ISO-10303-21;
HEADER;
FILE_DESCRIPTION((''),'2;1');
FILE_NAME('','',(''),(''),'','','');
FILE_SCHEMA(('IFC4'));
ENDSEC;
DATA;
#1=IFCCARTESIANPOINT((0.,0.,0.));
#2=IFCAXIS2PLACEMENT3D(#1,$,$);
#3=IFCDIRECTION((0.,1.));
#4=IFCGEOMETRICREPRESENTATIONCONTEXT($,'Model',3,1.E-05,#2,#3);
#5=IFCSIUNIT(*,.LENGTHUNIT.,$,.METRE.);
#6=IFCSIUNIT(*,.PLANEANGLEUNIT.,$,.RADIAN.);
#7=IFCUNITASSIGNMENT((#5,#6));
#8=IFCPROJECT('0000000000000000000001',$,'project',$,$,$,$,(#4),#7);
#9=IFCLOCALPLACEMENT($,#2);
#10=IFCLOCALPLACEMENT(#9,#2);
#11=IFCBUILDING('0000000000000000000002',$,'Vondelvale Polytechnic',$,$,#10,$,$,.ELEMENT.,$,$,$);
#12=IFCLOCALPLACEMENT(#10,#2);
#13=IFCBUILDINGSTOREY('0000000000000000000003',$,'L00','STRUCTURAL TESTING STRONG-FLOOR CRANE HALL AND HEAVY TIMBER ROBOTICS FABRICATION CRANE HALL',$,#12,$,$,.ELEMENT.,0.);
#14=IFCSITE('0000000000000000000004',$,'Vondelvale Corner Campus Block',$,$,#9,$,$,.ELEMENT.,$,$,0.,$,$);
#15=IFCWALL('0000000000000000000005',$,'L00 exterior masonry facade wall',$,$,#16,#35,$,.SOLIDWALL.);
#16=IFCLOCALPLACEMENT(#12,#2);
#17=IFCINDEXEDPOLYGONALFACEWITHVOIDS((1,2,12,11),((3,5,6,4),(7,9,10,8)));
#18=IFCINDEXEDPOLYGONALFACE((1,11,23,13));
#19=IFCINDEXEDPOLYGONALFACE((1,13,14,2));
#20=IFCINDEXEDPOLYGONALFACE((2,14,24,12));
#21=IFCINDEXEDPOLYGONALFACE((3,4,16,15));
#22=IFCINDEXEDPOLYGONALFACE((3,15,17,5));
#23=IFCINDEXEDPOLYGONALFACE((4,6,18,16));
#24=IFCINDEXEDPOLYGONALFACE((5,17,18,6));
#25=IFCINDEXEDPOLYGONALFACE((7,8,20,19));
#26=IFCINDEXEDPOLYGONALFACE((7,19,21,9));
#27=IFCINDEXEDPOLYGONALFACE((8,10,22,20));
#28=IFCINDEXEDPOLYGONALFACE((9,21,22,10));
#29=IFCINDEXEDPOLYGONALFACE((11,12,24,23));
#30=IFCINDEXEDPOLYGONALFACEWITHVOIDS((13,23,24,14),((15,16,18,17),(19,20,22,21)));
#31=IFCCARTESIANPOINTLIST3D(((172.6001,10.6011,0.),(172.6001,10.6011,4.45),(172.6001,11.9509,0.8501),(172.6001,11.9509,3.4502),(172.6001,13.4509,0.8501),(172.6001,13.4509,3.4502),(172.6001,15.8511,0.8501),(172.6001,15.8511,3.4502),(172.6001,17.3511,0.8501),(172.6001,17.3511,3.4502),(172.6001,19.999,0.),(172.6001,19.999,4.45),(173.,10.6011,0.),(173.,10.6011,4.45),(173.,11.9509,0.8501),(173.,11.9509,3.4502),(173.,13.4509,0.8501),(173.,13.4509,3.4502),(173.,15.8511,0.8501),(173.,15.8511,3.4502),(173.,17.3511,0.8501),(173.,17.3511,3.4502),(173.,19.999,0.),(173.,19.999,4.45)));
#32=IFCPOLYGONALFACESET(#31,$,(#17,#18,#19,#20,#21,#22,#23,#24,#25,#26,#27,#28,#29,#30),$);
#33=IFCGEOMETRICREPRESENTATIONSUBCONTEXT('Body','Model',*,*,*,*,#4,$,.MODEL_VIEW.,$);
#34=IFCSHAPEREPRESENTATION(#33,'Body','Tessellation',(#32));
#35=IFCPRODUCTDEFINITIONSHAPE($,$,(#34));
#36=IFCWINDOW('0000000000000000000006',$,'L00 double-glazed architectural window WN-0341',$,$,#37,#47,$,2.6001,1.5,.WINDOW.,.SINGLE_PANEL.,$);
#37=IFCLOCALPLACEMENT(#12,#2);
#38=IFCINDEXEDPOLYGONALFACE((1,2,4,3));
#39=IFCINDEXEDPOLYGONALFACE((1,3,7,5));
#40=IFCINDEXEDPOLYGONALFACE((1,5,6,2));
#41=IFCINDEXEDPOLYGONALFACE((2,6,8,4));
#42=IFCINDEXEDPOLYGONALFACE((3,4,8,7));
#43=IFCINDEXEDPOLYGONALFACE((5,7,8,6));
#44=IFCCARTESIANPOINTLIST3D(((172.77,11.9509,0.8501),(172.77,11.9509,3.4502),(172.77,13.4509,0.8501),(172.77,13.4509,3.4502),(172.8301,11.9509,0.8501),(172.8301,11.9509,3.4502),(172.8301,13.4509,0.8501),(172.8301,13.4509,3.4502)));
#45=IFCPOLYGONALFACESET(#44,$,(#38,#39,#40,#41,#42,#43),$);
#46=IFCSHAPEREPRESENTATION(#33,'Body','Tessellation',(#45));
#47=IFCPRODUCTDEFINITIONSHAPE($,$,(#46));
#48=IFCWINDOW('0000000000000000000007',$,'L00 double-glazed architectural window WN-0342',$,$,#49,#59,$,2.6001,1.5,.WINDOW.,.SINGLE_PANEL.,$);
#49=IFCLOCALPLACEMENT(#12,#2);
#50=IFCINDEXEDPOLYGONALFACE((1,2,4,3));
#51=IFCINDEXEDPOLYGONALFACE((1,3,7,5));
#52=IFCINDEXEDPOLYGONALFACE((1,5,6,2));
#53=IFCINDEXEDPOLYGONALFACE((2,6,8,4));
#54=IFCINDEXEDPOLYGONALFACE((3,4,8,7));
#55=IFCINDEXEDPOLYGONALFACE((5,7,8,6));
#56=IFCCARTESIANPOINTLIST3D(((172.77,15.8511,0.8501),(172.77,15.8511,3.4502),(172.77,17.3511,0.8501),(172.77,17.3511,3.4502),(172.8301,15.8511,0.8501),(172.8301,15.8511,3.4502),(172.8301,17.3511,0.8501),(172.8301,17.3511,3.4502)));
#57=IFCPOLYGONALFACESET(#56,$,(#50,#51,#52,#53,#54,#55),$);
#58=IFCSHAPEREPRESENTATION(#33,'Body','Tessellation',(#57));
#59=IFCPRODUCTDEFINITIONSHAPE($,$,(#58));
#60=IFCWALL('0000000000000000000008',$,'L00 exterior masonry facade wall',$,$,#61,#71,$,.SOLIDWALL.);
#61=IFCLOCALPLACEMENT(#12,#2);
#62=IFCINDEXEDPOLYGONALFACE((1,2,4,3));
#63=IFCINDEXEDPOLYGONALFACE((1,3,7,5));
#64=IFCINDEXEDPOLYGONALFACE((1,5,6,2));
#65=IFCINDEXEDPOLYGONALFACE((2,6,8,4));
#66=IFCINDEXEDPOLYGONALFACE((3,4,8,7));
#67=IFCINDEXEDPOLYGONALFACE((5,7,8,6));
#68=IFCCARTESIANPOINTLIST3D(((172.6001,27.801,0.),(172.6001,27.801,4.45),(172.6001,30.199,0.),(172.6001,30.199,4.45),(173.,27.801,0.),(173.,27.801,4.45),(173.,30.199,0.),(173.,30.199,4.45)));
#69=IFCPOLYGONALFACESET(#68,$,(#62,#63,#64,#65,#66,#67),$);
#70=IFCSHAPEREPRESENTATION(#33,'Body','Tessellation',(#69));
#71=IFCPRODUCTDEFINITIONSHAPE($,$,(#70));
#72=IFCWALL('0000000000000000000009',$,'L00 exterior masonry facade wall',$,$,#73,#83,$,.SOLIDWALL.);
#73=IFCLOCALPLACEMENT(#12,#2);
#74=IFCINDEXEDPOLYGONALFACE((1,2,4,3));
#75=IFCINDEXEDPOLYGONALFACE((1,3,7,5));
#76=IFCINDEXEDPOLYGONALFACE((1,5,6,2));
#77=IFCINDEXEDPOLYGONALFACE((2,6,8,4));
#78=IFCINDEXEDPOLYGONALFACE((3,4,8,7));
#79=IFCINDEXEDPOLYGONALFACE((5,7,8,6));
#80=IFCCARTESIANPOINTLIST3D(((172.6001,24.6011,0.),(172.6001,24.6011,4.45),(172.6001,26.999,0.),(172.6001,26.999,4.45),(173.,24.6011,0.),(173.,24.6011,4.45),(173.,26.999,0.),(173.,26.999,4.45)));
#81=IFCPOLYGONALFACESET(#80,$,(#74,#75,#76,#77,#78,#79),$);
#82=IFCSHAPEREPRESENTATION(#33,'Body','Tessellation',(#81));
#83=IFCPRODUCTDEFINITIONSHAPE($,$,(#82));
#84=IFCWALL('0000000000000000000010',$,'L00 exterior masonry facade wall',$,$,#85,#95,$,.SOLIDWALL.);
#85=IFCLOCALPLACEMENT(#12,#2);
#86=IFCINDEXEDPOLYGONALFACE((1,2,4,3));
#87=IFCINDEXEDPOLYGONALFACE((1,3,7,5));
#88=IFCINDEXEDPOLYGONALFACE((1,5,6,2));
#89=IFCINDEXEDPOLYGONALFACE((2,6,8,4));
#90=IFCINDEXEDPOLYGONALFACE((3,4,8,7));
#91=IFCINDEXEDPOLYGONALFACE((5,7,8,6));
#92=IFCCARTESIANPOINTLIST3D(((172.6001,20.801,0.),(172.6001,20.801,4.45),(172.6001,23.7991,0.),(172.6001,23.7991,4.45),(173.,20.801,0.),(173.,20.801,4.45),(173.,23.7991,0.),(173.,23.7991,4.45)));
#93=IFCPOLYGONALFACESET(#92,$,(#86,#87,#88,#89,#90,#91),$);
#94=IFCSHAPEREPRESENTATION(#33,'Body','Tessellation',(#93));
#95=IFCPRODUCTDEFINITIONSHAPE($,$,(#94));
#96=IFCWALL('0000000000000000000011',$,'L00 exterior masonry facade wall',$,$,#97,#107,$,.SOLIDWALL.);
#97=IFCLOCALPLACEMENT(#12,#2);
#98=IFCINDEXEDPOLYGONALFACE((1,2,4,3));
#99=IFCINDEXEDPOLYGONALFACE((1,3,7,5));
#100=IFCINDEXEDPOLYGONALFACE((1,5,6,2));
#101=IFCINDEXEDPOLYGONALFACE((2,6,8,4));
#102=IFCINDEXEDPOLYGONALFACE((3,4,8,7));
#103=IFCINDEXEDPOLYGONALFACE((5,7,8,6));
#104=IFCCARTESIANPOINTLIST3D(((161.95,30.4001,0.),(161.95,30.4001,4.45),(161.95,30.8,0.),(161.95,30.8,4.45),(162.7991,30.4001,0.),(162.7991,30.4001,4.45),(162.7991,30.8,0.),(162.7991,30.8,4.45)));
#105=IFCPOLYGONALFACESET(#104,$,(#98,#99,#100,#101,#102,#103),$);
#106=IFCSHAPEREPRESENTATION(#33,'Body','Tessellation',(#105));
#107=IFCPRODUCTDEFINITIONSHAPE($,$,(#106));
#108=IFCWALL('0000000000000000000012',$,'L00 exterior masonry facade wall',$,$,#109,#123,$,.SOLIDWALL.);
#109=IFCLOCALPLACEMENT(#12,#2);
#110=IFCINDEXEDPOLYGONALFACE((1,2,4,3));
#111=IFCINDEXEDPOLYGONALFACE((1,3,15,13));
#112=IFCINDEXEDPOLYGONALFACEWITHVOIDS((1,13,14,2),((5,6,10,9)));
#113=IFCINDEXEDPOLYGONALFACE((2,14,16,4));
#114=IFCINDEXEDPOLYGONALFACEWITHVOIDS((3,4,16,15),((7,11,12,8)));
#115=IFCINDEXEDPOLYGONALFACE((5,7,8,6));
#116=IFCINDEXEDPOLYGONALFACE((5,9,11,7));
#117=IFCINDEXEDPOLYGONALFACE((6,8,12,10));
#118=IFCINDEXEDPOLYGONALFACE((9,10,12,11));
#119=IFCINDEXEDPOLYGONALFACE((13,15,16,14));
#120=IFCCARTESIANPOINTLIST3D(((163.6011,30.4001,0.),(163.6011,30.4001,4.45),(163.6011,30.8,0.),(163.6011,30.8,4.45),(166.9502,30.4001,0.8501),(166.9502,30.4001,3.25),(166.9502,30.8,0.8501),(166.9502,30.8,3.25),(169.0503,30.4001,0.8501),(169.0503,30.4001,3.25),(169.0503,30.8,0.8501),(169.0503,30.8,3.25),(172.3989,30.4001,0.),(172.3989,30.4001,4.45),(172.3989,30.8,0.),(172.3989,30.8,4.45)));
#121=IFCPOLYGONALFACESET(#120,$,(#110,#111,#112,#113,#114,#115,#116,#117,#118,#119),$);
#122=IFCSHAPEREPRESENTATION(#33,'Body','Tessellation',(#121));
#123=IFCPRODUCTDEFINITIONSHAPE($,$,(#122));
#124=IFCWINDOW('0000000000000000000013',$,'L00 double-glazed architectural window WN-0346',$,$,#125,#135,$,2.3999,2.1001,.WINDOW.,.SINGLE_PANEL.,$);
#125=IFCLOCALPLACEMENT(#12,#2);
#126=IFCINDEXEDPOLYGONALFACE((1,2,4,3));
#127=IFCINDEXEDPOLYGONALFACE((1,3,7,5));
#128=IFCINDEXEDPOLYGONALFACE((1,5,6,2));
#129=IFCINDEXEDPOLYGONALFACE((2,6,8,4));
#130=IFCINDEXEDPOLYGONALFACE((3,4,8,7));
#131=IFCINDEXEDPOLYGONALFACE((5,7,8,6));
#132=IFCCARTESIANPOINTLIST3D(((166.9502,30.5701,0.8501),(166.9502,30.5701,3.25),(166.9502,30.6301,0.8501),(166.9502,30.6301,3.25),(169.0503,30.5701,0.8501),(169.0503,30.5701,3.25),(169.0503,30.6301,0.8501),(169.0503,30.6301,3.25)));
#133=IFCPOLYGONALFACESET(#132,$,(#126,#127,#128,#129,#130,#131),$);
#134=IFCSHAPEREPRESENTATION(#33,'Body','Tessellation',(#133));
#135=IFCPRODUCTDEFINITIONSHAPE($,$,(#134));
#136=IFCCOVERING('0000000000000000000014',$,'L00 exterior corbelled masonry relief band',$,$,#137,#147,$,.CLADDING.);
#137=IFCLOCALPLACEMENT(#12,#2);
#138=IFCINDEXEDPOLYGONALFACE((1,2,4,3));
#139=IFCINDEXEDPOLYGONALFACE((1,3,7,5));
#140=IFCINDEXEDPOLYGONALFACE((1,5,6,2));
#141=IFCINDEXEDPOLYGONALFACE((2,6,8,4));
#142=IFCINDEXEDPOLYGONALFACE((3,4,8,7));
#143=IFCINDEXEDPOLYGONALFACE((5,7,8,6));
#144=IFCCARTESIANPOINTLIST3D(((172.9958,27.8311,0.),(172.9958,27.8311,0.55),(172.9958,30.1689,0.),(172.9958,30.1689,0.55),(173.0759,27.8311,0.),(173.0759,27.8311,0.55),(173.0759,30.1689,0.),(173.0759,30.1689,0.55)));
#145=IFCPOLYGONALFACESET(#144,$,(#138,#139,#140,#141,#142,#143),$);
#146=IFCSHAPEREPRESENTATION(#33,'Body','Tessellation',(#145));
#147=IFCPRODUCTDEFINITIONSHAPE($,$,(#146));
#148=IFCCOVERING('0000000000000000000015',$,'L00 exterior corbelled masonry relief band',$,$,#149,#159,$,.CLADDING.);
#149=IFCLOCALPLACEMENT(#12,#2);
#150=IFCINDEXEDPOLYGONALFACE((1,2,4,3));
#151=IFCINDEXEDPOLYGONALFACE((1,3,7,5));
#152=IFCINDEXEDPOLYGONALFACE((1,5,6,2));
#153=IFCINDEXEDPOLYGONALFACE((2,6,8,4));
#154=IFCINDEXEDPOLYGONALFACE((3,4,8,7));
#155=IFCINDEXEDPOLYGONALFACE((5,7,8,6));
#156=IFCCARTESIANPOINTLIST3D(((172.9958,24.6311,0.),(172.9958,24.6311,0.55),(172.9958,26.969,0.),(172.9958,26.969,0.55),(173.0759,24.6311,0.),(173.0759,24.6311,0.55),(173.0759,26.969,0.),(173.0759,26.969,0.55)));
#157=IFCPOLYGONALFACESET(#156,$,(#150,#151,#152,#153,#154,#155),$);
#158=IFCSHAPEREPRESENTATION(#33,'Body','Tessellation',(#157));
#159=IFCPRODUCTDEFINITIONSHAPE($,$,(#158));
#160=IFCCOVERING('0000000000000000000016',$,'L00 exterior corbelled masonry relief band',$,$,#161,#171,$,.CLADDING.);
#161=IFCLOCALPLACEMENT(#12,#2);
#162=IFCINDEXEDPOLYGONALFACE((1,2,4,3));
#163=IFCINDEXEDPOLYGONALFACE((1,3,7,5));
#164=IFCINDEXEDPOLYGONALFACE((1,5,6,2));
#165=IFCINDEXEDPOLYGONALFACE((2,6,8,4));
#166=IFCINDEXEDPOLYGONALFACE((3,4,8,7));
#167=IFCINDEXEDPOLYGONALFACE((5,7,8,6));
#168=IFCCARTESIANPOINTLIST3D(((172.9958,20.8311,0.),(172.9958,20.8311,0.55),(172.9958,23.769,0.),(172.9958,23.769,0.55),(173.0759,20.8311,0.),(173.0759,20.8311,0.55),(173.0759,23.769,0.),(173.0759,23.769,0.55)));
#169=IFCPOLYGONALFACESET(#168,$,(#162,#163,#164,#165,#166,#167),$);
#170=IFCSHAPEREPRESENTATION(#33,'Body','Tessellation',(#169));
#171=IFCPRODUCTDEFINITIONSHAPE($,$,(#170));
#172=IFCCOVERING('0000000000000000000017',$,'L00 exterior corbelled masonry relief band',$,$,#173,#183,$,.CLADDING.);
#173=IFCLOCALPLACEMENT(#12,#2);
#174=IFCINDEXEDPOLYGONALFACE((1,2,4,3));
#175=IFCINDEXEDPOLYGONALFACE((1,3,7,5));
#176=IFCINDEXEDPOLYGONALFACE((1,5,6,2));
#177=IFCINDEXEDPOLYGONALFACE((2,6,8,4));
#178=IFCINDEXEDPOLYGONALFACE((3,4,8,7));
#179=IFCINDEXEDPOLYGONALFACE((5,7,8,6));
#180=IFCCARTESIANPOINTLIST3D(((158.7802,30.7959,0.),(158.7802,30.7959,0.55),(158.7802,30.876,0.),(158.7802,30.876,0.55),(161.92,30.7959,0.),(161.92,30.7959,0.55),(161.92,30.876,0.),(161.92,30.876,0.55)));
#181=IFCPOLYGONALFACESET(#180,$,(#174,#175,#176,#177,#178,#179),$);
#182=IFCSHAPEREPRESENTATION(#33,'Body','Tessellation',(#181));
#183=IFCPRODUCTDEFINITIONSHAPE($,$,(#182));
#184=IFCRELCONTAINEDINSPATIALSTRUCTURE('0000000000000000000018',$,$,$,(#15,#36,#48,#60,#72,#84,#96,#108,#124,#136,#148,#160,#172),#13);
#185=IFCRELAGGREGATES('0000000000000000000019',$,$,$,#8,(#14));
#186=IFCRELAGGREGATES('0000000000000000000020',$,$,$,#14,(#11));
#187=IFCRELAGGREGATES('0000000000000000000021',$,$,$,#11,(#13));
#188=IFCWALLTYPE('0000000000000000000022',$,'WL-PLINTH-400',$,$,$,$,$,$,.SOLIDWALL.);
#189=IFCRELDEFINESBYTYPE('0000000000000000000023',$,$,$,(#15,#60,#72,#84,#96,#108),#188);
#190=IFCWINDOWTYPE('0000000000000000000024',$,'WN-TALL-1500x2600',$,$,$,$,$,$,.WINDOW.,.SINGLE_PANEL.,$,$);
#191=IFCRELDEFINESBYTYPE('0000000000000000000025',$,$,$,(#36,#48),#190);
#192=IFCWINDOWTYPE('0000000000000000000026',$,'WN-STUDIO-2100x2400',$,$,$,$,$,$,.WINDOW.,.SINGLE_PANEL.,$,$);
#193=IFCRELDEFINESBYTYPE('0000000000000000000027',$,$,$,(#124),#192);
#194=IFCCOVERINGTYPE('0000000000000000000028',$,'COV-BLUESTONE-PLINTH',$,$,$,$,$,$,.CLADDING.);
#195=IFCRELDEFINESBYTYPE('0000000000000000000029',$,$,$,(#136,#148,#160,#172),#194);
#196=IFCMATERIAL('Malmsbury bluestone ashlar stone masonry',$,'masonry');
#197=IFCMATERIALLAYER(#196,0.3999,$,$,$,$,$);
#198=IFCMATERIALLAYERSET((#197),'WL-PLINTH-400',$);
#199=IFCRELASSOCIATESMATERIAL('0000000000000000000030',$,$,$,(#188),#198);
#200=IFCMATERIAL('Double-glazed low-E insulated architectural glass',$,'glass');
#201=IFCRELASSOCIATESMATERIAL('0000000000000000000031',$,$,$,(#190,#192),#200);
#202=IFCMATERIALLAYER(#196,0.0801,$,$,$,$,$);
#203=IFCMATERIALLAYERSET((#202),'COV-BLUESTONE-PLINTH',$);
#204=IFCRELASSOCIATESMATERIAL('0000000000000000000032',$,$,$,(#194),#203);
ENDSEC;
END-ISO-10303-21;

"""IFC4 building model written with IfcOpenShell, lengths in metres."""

from ifc_helpers import new_model, si_unit, direction, frame, frame_2d, origin, origin_2d, place, context, subcontext, project, spatial, rectangle, extrude, material, layer, layer_set, type_object, element, fill, save


model = new_model("IFC4")

# Units and contexts
model_context = context("Model", 3, precision=1e-05, world=origin(), true_north=direction((0.0, 1.0)))
body_context = subcontext(model_context, "Body", "Model", "MODEL_VIEW")
ifc_project = project(units=[si_unit("LENGTHUNIT", "METRE"), si_unit("PLANEANGLEUNIT", "RADIAN")], contexts=[model_context])

# Site, building, storey
site_placement = place(None, origin())
site = spatial("IfcSite", under=ifc_project, at=site_placement, Name="Vondelvale Corner Campus Block", CompositionType="ELEMENT", RefElevation=0.0)
building_placement = place(site_placement, origin())
building = spatial("IfcBuilding", under=site, at=building_placement, Name="Vondelvale Polytechnic", CompositionType="ELEMENT")
storey_placement = place(building_placement, origin())
storey = spatial("IfcBuildingStorey", under=building, at=storey_placement, Name="L00", Description="STRUCTURAL TESTING STRONG-FLOOR CRANE HALL AND HEAVY TIMBER ROBOTICS FABRICATION CRANE HALL", CompositionType="ELEMENT", Elevation=0.0)

# Wall, openings, windows
ifc_material_1 = material(Name="Malmsbury bluestone ashlar stone masonry", Category="masonry")
ifc_layer_1 = layer(ifc_material_1, 0.3999)
ifc_layer_set_1 = layer_set([ifc_layer_1], Name="WL-PLINTH-400")
wall_type_1 = type_object("IfcWallType", Name="WL-PLINTH-400", PredefinedType="SOLIDWALL", material=ifc_layer_set_1)
wall_1_placement = place(storey_placement, frame((172.8, 19.999, 0.0), z_axis=(0.0, 0.0, 1.0), x_axis=(0.0, -1.0, 0.0)))
wall_1 = element("IfcWall", 1, at=wall_1_placement, inside=storey, type_object=wall_type_1, Name="L00 exterior masonry facade wall", PredefinedType="SOLIDWALL", context=body_context, shape_type="SweptSolid", body=[
    extrude(rectangle(XDim=9.3979, YDim=0.3999, at=frame_2d((4.699, 0.0))), origin(), (0.0, 0.0, 1.0), 4.45),
])
opening_1_placement = place(wall_1_placement, frame((6.5481, 0.0, 0.8501)))
opening_1 = element("IfcOpeningElement", 2, at=opening_1_placement, cuts=wall_1, PredefinedType="OPENING", context=body_context, shape_type="SweptSolid", body=[
    extrude(rectangle(XDim=1.5, YDim=2.6001, at=frame_2d((0.75, 1.3))), frame((0.0, 0.21, 0.0), z_axis=(0.0, -1.0, 0.0), x_axis=(1.0, 0.0, 0.0)), (0.0, 0.0, 1.0), 0.4199),
])
opening_2_placement = place(wall_1_placement, frame((2.6479, 0.0, 0.8501)))
opening_2 = element("IfcOpeningElement", 3, at=opening_2_placement, cuts=wall_1, PredefinedType="OPENING", context=body_context, shape_type="SweptSolid", body=[
    extrude(rectangle(XDim=1.5, YDim=2.6001, at=frame_2d((0.75, 1.3))), frame((0.0, 0.21, 0.0), z_axis=(0.0, -1.0, 0.0), x_axis=(1.0, 0.0, 0.0)), (0.0, 0.0, 1.0), 0.4199),
])
ifc_material_2 = material(Name="Double-glazed low-E insulated architectural glass", Category="glass")
window_type_1 = type_object("IfcWindowType", Name="WN-TALL-1500x2600", PartitioningType="SINGLE_PANEL", PredefinedType="WINDOW", material=ifc_material_2)
window_1_placement = place(opening_1_placement, origin())
window_1 = element("IfcWindow", 4, at=window_1_placement, inside=storey, type_object=window_type_1, Name="L00 double-glazed architectural window WN-0341", OverallHeight=2.6001, OverallWidth=1.5, PartitioningType="SINGLE_PANEL", PredefinedType="WINDOW", context=body_context, shape_type="SweptSolid", body=[
    extrude(rectangle(XDim=1.5, YDim=2.6001, at=frame_2d((0.75, 1.3))), frame((0.0, 0.03, 0.0), z_axis=(0.0, -1.0, 0.0), x_axis=(1.0, 0.0, 0.0)), (0.0, 0.0, 1.0), 0.0601),
])
fill(opening_1, window_1)
window_2_placement = place(opening_2_placement, origin())
window_2 = element("IfcWindow", 5, at=window_2_placement, inside=storey, type_object=window_type_1, Name="L00 double-glazed architectural window WN-0342", OverallHeight=2.6001, OverallWidth=1.5, PartitioningType="SINGLE_PANEL", PredefinedType="WINDOW", context=body_context, shape_type="SweptSolid", body=[
    extrude(rectangle(XDim=1.5, YDim=2.6001, at=frame_2d((0.75, 1.3))), frame((0.0, 0.03, 0.0), z_axis=(0.0, -1.0, 0.0), x_axis=(1.0, 0.0, 0.0)), (0.0, 0.0, 1.0), 0.0601),
])
fill(opening_2, window_2)

# Walls
for number, where, z_axis, x_axis, name in (
    (6, (172.8, 30.199, 0.0), (0.0, 0.0, 1.0), (0.0, -1.0, 0.0), "L00 exterior masonry facade wall"),
    (7, (172.8, 26.999, 0.0), (0.0, 0.0, 1.0), (0.0, -1.0, 0.0), "L00 exterior masonry facade wall"),
):
    element("IfcWall", number, at=place(storey_placement, frame(where, z_axis=z_axis, x_axis=x_axis)), inside=storey, type_object=wall_type_1, Name=name, PredefinedType="SOLIDWALL", context=body_context, shape_type="SweptSolid", body=[
        extrude(rectangle(XDim=2.3979, YDim=0.3999, at=frame_2d((1.199, 0.0))), origin(), (0.0, 0.0, 1.0), 4.45),
    ])
wall_2_placement = place(storey_placement, frame((172.8, 23.7991, 0.0), z_axis=(0.0, 0.0, 1.0), x_axis=(0.0, -1.0, 0.0)))
element("IfcWall", 8, at=wall_2_placement, inside=storey, type_object=wall_type_1, Name="L00 exterior masonry facade wall", PredefinedType="SOLIDWALL", context=body_context, shape_type="SweptSolid", body=[
    extrude(rectangle(XDim=2.998, YDim=0.3999, at=frame_2d((1.499, 0.0))), origin(), (0.0, 0.0, 1.0), 4.45),
])

# Wall
wall_3_placement = place(storey_placement, frame((161.95, 30.6001, 0.0), z_axis=(0.0, 0.0, 1.0), x_axis=(1.0, 0.0, 0.0)))
element("IfcWall", 9, at=wall_3_placement, inside=storey, type_object=wall_type_1, Name="L00 exterior masonry facade wall", PredefinedType="SOLIDWALL", context=body_context, shape_type="SweptSolid", body=[
    extrude(rectangle(XDim=0.8491, YDim=0.3999, at=frame_2d((0.4246, 0.0))), origin(), (0.0, 0.0, 1.0), 4.45),
])

# Wall, opening, window
wall_4_placement = place(storey_placement, frame((163.6011, 30.6001, 0.0), z_axis=(0.0, 0.0, 1.0), x_axis=(1.0, 0.0, 0.0)))
wall_4 = element("IfcWall", 10, at=wall_4_placement, inside=storey, type_object=wall_type_1, Name="L00 exterior masonry facade wall", PredefinedType="SOLIDWALL", context=body_context, shape_type="SweptSolid", body=[
    extrude(rectangle(XDim=8.7979, YDim=0.3999, at=frame_2d((4.3989, 0.0))), origin(), (0.0, 0.0, 1.0), 4.45),
])
opening_3_placement = place(wall_4_placement, frame((3.3491, 0.0, 0.8501)))
opening_3 = element("IfcOpeningElement", 11, at=opening_3_placement, cuts=wall_4, PredefinedType="OPENING", context=body_context, shape_type="SweptSolid", body=[
    extrude(rectangle(XDim=2.1001, YDim=2.3999, at=frame_2d((1.05, 1.2))), frame((0.0, 0.21, 0.0), z_axis=(0.0, -1.0, 0.0), x_axis=(1.0, 0.0, 0.0)), (0.0, 0.0, 1.0), 0.4199),
])
window_type_2 = type_object("IfcWindowType", Name="WN-STUDIO-2100x2400", PartitioningType="SINGLE_PANEL", PredefinedType="WINDOW", material=ifc_material_2)
window_3_placement = place(opening_3_placement, origin())
window_3 = element("IfcWindow", 12, at=window_3_placement, inside=storey, type_object=window_type_2, Name="L00 double-glazed architectural window WN-0346", OverallHeight=2.3999, OverallWidth=2.1001, PartitioningType="SINGLE_PANEL", PredefinedType="WINDOW", context=body_context, shape_type="SweptSolid", body=[
    extrude(rectangle(XDim=2.1001, YDim=2.3999, at=frame_2d((1.05, 1.2))), frame((0.0, 0.03, 0.0), z_axis=(0.0, -1.0, 0.0), x_axis=(1.0, 0.0, 0.0)), (0.0, 0.0, 1.0), 0.0601),
])
fill(opening_3, window_3)

# Coverings
ifc_layer_2 = layer(ifc_material_1, 0.0801)
ifc_layer_set_2 = layer_set([ifc_layer_2], Name="COV-BLUESTONE-PLINTH")
covering_type = type_object("IfcCoveringType", Name="COV-BLUESTONE-PLINTH", PredefinedType="CLADDING", material=ifc_layer_set_2)
for number, where, z_axis, x_axis, name in (
    (13, (173.0359, 29.0, 0.0), (0.0, 0.0, 1.0), (0.0, -1.0, 0.0), "L00 exterior corbelled masonry relief band"),
    (14, (173.0359, 25.8, 0.0), (0.0, 0.0, 1.0), (0.0, -1.0, 0.0), "L00 exterior corbelled masonry relief band"),
):
    element("IfcCovering", number, at=place(storey_placement, frame(where, z_axis=z_axis, x_axis=x_axis)), inside=storey, type_object=covering_type, Name=name, PredefinedType="CLADDING", context=body_context, shape_type="SweptSolid", body=[
        extrude(rectangle(XDim=2.3379, YDim=0.0801, at=origin_2d()), origin(), (0.0, 0.0, 1.0), 0.55),
    ])
covering_1_placement = place(storey_placement, frame((173.0359, 22.3, 0.0), z_axis=(0.0, 0.0, 1.0), x_axis=(0.0, -1.0, 0.0)))
element("IfcCovering", 15, at=covering_1_placement, inside=storey, type_object=covering_type, Name="L00 exterior corbelled masonry relief band", PredefinedType="CLADDING", context=body_context, shape_type="SweptSolid", body=[
    extrude(rectangle(XDim=2.938, YDim=0.0801, at=origin_2d()), origin(), (0.0, 0.0, 1.0), 0.55),
])
covering_2_placement = place(storey_placement, frame((160.3501, 30.8359, 0.0), z_axis=(0.0, 0.0, 1.0), x_axis=(1.0, 0.0, 0.0)))
element("IfcCovering", 16, at=covering_2_placement, inside=storey, type_object=covering_type, Name="L00 exterior corbelled masonry relief band", PredefinedType="CLADDING", context=body_context, shape_type="SweptSolid", body=[
    extrude(rectangle(XDim=3.1399, YDim=0.0801, at=origin_2d()), origin(), (0.0, 0.0, 1.0), 0.55),
])

save(model, "model.ifc")
